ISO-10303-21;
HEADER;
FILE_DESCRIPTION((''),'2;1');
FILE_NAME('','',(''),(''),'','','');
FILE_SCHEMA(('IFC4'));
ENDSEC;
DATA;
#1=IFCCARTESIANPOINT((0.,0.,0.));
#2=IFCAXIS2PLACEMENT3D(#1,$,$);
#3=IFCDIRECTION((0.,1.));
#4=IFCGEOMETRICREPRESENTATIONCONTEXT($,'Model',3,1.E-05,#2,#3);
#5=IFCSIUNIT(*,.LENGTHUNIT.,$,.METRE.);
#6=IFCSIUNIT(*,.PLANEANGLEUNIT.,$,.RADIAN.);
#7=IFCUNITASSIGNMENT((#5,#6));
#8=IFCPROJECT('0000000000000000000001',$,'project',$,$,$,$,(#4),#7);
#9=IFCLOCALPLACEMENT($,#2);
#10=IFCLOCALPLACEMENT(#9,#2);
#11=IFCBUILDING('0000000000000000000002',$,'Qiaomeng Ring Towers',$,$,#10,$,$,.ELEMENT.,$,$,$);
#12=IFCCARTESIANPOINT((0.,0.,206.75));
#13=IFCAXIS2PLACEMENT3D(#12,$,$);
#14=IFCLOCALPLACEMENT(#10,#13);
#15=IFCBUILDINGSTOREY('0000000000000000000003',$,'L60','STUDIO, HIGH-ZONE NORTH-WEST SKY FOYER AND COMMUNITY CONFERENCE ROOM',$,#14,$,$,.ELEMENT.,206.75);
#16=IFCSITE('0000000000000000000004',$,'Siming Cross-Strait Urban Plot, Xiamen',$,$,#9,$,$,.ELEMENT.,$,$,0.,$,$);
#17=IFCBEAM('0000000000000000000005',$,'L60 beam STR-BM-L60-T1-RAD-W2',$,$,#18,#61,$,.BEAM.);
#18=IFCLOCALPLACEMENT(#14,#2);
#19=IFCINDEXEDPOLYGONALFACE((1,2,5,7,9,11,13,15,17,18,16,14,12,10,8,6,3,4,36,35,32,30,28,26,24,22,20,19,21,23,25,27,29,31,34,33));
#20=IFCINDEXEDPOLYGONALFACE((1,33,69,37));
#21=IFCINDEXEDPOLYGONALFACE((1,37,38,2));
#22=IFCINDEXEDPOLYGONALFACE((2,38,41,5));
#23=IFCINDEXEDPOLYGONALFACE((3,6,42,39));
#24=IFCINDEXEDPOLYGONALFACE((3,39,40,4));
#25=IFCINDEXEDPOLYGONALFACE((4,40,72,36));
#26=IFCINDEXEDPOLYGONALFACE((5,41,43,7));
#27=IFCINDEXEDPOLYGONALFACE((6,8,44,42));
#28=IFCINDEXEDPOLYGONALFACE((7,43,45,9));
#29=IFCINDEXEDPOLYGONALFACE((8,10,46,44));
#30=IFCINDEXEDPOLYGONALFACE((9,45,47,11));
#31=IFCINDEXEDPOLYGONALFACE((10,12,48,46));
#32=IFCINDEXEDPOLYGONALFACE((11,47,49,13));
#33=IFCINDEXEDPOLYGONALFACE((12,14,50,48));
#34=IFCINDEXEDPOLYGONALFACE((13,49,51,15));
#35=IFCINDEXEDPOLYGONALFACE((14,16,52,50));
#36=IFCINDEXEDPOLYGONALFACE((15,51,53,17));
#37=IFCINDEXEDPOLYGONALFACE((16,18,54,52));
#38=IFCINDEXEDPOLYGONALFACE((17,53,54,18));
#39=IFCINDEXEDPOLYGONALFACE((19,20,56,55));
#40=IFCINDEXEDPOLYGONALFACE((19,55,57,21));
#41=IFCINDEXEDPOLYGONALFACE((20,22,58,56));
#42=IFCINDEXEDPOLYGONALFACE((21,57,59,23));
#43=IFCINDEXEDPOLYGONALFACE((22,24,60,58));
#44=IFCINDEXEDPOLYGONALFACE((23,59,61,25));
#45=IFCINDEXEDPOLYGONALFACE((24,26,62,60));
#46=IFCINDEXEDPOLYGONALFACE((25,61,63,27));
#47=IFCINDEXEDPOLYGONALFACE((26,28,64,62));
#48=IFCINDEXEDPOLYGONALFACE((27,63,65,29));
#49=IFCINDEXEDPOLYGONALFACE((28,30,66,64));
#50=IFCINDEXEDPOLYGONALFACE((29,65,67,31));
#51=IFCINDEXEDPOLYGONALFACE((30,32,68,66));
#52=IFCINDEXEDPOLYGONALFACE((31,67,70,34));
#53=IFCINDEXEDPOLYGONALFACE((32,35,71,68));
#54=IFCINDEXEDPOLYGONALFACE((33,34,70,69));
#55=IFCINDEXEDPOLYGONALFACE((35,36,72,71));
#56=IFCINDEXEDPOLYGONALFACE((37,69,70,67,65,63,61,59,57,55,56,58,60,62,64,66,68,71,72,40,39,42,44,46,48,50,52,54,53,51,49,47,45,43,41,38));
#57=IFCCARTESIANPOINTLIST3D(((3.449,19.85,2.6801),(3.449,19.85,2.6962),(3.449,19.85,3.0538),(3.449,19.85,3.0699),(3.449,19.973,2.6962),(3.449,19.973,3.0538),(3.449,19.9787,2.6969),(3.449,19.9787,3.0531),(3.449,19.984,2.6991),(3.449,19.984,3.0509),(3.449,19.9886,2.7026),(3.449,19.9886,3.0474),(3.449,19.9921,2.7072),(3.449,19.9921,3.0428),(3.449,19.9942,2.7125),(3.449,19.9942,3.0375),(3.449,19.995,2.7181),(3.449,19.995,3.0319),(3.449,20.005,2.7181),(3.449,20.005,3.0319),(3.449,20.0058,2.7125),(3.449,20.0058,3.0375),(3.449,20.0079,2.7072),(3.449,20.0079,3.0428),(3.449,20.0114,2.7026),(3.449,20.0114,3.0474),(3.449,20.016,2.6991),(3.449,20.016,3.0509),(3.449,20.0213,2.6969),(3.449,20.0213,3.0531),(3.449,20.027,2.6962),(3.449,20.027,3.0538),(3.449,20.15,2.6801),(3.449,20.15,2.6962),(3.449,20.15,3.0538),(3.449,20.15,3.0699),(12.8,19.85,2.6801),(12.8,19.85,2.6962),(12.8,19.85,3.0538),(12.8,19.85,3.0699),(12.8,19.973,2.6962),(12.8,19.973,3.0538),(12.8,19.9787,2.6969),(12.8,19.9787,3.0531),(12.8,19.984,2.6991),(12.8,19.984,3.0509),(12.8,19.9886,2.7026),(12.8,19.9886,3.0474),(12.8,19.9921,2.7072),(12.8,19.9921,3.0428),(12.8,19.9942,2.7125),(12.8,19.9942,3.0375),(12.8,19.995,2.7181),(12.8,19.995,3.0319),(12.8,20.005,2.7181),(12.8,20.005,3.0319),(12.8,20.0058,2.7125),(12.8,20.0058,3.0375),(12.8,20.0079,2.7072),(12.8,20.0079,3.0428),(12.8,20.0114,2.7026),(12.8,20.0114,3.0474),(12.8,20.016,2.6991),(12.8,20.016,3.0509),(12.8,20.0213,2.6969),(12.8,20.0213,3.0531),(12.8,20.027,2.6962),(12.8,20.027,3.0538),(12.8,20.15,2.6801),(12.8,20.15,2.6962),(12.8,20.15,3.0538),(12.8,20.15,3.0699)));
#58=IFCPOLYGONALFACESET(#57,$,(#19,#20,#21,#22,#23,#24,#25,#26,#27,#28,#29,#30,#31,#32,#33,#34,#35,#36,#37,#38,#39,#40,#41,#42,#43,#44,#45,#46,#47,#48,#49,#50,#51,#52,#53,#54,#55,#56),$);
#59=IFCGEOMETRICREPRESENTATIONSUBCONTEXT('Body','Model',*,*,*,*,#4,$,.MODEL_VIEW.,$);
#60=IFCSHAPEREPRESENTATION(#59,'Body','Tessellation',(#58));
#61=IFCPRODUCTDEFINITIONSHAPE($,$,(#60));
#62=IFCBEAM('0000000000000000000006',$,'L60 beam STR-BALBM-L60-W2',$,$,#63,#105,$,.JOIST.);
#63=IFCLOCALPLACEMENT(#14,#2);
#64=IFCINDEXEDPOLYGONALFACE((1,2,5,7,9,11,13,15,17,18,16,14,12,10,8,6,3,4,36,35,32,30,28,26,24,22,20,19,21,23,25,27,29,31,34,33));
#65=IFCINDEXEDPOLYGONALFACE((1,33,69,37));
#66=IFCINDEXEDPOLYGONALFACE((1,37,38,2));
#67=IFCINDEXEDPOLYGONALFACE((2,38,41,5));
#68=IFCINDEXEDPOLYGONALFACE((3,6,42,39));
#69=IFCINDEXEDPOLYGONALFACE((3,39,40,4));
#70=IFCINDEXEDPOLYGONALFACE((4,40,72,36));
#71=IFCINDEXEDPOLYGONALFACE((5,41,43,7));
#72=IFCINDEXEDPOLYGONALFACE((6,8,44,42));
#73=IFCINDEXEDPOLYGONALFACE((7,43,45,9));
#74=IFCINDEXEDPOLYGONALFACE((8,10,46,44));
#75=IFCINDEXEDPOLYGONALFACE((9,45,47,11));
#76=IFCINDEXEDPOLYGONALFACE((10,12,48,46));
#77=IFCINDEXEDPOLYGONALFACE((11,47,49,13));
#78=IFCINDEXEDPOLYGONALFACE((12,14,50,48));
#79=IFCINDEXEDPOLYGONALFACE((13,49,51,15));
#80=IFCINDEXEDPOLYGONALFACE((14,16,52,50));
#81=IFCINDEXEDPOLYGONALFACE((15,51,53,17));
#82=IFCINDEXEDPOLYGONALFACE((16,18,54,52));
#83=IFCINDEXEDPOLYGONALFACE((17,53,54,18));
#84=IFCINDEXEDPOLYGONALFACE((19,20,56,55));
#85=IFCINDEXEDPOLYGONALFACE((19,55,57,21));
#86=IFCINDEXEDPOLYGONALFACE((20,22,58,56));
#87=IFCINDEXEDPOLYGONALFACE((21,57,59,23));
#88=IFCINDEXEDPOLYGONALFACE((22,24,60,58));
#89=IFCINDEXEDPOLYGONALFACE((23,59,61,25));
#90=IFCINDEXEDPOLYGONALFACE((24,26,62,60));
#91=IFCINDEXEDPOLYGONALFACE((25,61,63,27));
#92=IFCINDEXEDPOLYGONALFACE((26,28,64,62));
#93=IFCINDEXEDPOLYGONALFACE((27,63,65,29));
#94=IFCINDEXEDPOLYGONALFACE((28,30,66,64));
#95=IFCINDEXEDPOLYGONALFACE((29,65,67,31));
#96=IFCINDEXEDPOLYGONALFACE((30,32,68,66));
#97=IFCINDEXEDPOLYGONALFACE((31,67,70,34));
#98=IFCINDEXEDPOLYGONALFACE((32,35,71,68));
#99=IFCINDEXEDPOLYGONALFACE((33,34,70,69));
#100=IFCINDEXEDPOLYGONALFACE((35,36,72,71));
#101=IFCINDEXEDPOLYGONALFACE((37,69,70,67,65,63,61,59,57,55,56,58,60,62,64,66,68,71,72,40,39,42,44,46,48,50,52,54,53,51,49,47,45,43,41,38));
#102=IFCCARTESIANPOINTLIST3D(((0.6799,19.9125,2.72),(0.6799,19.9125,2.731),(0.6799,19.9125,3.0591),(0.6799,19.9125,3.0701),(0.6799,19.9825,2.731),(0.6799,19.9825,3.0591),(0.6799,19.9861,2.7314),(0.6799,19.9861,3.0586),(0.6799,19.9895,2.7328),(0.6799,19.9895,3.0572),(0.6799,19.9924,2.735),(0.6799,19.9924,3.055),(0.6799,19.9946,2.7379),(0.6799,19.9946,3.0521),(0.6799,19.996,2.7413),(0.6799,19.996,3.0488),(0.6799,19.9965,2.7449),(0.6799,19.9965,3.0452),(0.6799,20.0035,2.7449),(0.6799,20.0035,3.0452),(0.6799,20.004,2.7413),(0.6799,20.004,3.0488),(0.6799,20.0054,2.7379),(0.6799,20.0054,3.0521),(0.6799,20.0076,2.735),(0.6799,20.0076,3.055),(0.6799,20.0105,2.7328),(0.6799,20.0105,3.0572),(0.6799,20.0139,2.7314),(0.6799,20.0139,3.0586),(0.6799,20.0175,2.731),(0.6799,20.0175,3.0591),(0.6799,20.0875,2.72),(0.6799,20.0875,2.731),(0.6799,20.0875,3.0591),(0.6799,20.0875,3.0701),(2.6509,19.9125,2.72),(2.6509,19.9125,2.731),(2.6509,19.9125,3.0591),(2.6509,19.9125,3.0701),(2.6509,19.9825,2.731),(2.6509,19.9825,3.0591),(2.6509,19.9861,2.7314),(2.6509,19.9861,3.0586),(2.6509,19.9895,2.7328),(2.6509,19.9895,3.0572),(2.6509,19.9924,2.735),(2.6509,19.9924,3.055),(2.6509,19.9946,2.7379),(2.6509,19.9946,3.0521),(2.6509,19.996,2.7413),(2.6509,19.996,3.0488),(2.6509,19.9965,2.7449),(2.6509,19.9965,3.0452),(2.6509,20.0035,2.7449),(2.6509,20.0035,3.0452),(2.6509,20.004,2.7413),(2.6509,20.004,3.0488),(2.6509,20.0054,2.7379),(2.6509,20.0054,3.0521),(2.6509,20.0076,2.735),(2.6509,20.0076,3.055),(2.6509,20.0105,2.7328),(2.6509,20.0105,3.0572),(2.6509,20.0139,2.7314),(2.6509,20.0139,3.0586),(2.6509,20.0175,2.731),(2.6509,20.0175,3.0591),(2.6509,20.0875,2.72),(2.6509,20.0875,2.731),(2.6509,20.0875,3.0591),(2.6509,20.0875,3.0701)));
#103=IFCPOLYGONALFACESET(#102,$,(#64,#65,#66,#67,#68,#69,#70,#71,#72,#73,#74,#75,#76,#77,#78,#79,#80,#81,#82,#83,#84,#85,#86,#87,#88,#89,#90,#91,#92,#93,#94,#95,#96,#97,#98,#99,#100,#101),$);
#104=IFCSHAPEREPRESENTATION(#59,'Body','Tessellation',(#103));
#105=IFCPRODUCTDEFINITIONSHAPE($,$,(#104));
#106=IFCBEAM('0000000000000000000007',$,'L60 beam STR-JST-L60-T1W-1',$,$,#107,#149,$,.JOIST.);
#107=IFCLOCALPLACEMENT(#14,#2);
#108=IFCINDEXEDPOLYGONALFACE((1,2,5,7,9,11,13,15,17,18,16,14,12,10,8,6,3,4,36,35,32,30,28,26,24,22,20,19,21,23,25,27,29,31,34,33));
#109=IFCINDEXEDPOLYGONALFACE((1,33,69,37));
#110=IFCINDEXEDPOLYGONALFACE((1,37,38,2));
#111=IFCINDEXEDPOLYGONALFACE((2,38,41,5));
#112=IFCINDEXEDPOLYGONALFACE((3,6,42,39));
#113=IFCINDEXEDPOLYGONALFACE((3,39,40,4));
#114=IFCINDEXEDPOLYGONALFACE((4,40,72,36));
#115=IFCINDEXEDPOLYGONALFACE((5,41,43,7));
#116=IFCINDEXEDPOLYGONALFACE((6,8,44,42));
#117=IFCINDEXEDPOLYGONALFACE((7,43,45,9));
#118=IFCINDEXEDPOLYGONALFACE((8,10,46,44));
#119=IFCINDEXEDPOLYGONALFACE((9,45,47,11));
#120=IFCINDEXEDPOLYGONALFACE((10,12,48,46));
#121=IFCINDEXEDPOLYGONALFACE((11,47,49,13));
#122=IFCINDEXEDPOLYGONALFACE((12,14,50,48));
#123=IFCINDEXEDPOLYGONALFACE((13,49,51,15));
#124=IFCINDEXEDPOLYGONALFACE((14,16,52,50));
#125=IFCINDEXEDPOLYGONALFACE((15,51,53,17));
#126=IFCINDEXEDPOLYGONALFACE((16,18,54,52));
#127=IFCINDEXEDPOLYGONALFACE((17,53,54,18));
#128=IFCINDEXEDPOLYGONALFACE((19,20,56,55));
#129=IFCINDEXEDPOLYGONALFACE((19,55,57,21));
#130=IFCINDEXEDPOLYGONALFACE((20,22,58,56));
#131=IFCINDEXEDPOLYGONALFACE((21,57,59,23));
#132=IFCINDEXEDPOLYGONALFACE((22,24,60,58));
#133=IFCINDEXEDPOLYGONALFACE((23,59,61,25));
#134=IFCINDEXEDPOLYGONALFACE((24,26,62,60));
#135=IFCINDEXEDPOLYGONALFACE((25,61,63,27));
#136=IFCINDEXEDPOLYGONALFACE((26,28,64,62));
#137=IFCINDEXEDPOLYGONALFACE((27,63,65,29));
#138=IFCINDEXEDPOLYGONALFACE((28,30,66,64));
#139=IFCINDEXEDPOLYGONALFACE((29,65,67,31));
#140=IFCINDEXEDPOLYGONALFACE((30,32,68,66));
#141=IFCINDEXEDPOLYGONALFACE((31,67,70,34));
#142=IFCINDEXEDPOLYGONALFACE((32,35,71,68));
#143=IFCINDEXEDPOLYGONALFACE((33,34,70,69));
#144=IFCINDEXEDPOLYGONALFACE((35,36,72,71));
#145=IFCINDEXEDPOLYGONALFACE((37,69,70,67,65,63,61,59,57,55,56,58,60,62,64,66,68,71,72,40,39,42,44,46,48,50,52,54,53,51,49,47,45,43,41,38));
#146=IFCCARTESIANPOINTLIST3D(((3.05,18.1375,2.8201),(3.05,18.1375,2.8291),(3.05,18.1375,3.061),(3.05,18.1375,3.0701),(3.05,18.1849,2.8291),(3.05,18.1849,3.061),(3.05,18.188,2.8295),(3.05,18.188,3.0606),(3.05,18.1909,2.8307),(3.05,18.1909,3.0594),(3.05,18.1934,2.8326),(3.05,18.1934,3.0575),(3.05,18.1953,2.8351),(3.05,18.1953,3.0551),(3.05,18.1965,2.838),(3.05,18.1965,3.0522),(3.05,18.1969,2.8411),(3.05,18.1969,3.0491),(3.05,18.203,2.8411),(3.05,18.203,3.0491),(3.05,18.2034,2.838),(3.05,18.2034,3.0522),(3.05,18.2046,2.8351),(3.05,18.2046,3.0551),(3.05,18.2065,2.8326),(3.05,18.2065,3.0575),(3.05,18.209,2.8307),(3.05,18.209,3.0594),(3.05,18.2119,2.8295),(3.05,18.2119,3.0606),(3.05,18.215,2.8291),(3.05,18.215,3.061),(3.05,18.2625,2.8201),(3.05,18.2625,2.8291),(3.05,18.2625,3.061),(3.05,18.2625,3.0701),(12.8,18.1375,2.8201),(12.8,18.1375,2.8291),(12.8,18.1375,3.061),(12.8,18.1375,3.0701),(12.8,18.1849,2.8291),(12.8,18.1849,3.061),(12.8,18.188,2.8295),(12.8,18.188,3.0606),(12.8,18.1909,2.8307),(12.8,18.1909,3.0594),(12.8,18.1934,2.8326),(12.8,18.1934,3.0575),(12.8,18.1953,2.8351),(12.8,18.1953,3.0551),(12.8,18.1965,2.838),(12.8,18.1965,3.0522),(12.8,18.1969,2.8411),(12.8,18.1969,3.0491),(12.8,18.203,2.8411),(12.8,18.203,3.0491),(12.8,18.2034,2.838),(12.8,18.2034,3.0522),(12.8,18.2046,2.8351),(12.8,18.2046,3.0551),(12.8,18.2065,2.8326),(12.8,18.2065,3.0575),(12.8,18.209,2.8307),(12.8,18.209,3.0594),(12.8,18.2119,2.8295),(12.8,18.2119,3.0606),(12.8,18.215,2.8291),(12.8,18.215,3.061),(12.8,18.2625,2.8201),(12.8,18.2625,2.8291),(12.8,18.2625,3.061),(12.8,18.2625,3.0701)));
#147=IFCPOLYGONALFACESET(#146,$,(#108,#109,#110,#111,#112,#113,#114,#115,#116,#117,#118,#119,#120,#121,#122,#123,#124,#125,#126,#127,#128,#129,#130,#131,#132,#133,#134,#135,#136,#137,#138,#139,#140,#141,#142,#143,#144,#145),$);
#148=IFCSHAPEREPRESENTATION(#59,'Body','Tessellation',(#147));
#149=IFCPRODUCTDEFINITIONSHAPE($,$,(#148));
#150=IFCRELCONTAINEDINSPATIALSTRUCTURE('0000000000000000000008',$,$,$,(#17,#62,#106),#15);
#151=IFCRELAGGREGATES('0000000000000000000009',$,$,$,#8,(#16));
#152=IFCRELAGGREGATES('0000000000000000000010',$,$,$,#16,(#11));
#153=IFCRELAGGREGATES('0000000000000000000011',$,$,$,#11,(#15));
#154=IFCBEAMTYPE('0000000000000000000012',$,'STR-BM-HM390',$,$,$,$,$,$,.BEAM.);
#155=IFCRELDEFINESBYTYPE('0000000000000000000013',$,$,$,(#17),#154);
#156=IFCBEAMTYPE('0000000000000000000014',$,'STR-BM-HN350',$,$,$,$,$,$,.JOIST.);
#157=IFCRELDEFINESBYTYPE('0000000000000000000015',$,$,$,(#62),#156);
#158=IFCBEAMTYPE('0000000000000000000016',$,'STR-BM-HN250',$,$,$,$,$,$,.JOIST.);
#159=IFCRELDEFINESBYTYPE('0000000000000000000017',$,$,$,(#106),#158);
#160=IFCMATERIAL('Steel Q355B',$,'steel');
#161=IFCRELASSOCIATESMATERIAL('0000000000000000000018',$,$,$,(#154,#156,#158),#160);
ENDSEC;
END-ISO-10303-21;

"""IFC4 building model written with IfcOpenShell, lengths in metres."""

from ifc_helpers import new_model, si_unit, direction, frame, origin, origin_2d, place, context, subcontext, project, spatial, i_section, extrude, source, transform, mapped, material, material_profile, profile_set, type_object, element, save


model = new_model("IFC4")

# Units and contexts
model_context = context("Model", 3, precision=1e-05, world=origin(), true_north=direction((0.0, 1.0)))
body_context = subcontext(model_context, "Body", "Model", "MODEL_VIEW")
ifc_project = project(units=[si_unit("LENGTHUNIT", "METRE"), si_unit("PLANEANGLEUNIT", "RADIAN")], contexts=[model_context])

# Site, building, storey
site_placement = place(None, origin())
site = spatial("IfcSite", under=ifc_project, at=site_placement, Name="Siming Cross-Strait Urban Plot, Xiamen", CompositionType="ELEMENT", RefElevation=0.0)
building_placement = place(site_placement, origin())
building = spatial("IfcBuilding", under=site, at=building_placement, Name="Qiaomeng Ring Towers", CompositionType="ELEMENT")
storey_placement = place(building_placement, frame((0.0, 0.0, 206.75)))
storey = spatial("IfcBuildingStorey", under=building, at=storey_placement, Name="L60", Description="STUDIO, HIGH-ZONE NORTH-WEST SKY FOYER AND COMMUNITY CONFERENCE ROOM", CompositionType="ELEMENT", Elevation=206.75)

# Beams
ifc_material_1 = material(Name="Steel Q355B", Category="steel")
ifc_material_profile_1 = material_profile(ifc_material_1, i_section(OverallWidth=0.3, OverallDepth=0.3899, WebThickness=0.01, FlangeThickness=0.0161, FilletRadius=0.022, at=origin_2d()), Name="HM 390x300x10x16")
ifc_profile_set_1 = profile_set([ifc_material_profile_1], Name="Steel Q355B")
beam_type_1 = type_object("IfcBeamType", Name="STR-BM-HM390", PredefinedType="BEAM", material=ifc_profile_set_1)
shared_shape_1 = source(origin(), body_context, "Body", "SweptSolid", [
    extrude(i_section(OverallWidth=0.3, OverallDepth=0.3899, WebThickness=0.01, FlangeThickness=0.0161, FilletRadius=0.022, at=origin_2d()), origin(), (0.0, 0.0, 1.0), 9.3511),
])
beam_1_placement = place(storey_placement, frame((3.449, 20.0, 2.875), z_axis=(1.0, 0.0, 0.0), x_axis=(0.0, 1.0, 0.0)))
element("IfcBeam", 1, at=beam_1_placement, inside=storey, type_object=beam_type_1, Name="L60 beam STR-BM-L60-T1-RAD-W2", PredefinedType="BEAM", context=body_context, shape_type="MappedRepresentation", body=[
    mapped(shared_shape_1, transform((0.0, 0.0, 0.0), x_axis=(1.0, 0.0, 0.0), y_axis=(0.0, 1.0, 0.0), z_axis=(0.0, 0.0, 1.0), scale=1.0)),
])
ifc_material_profile_2 = material_profile(ifc_material_1, i_section(OverallWidth=0.175, OverallDepth=0.3501, WebThickness=0.0071, FlangeThickness=0.011, FilletRadius=0.0139, at=origin_2d()), Name="HN 350x175x7x11")
ifc_profile_set_2 = profile_set([ifc_material_profile_2], Name="Steel Q355B")
beam_type_2 = type_object("IfcBeamType", Name="STR-BM-HN350", PredefinedType="JOIST", material=ifc_profile_set_2)
shared_shape_2 = source(origin(), body_context, "Body", "SweptSolid", [
    extrude(i_section(OverallWidth=0.175, OverallDepth=0.3501, WebThickness=0.0071, FlangeThickness=0.011, FilletRadius=0.0139, at=origin_2d()), origin(), (0.0, 0.0, 1.0), 1.9709),
])
beam_2_placement = place(storey_placement, frame((0.6799, 20.0, 2.895), z_axis=(1.0, 0.0, 0.0), x_axis=(0.0, 1.0, 0.0)))
element("IfcBeam", 2, at=beam_2_placement, inside=storey, type_object=beam_type_2, Name="L60 beam STR-BALBM-L60-W2", PredefinedType="JOIST", context=body_context, shape_type="MappedRepresentation", body=[
    mapped(shared_shape_2, transform((0.0, 0.0, 0.0), x_axis=(1.0, 0.0, 0.0), y_axis=(0.0, 1.0, 0.0), z_axis=(0.0, 0.0, 1.0), scale=1.0)),
])
ifc_material_profile_3 = material_profile(ifc_material_1, i_section(OverallWidth=0.125, OverallDepth=0.25, WebThickness=0.0061, FlangeThickness=0.009, FilletRadius=0.012, at=origin_2d()), Name="HN 250x125x6x9")
ifc_profile_set_3 = profile_set([ifc_material_profile_3], Name="Steel Q355B")
beam_type_3 = type_object("IfcBeamType", Name="STR-BM-HN250", PredefinedType="JOIST", material=ifc_profile_set_3)
shared_shape_3 = source(origin(), body_context, "Body", "SweptSolid", [
    extrude(i_section(OverallWidth=0.125, OverallDepth=0.25, WebThickness=0.0061, FlangeThickness=0.009, FilletRadius=0.012, at=origin_2d()), origin(), (0.0, 0.0, 1.0), 9.75),
])
beam_3_placement = place(storey_placement, frame((3.05, 18.2, 2.9451), z_axis=(1.0, 0.0, 0.0), x_axis=(0.0, 1.0, 0.0)))
element("IfcBeam", 3, at=beam_3_placement, inside=storey, type_object=beam_type_3, Name="L60 beam STR-JST-L60-T1W-1", PredefinedType="JOIST", context=body_context, shape_type="MappedRepresentation", body=[
    mapped(shared_shape_3, transform((0.0, 0.0, 0.0), x_axis=(1.0, 0.0, 0.0), y_axis=(0.0, 1.0, 0.0), z_axis=(0.0, 0.0, 1.0), scale=1.0)),
])

save(model, "model.ifc")
